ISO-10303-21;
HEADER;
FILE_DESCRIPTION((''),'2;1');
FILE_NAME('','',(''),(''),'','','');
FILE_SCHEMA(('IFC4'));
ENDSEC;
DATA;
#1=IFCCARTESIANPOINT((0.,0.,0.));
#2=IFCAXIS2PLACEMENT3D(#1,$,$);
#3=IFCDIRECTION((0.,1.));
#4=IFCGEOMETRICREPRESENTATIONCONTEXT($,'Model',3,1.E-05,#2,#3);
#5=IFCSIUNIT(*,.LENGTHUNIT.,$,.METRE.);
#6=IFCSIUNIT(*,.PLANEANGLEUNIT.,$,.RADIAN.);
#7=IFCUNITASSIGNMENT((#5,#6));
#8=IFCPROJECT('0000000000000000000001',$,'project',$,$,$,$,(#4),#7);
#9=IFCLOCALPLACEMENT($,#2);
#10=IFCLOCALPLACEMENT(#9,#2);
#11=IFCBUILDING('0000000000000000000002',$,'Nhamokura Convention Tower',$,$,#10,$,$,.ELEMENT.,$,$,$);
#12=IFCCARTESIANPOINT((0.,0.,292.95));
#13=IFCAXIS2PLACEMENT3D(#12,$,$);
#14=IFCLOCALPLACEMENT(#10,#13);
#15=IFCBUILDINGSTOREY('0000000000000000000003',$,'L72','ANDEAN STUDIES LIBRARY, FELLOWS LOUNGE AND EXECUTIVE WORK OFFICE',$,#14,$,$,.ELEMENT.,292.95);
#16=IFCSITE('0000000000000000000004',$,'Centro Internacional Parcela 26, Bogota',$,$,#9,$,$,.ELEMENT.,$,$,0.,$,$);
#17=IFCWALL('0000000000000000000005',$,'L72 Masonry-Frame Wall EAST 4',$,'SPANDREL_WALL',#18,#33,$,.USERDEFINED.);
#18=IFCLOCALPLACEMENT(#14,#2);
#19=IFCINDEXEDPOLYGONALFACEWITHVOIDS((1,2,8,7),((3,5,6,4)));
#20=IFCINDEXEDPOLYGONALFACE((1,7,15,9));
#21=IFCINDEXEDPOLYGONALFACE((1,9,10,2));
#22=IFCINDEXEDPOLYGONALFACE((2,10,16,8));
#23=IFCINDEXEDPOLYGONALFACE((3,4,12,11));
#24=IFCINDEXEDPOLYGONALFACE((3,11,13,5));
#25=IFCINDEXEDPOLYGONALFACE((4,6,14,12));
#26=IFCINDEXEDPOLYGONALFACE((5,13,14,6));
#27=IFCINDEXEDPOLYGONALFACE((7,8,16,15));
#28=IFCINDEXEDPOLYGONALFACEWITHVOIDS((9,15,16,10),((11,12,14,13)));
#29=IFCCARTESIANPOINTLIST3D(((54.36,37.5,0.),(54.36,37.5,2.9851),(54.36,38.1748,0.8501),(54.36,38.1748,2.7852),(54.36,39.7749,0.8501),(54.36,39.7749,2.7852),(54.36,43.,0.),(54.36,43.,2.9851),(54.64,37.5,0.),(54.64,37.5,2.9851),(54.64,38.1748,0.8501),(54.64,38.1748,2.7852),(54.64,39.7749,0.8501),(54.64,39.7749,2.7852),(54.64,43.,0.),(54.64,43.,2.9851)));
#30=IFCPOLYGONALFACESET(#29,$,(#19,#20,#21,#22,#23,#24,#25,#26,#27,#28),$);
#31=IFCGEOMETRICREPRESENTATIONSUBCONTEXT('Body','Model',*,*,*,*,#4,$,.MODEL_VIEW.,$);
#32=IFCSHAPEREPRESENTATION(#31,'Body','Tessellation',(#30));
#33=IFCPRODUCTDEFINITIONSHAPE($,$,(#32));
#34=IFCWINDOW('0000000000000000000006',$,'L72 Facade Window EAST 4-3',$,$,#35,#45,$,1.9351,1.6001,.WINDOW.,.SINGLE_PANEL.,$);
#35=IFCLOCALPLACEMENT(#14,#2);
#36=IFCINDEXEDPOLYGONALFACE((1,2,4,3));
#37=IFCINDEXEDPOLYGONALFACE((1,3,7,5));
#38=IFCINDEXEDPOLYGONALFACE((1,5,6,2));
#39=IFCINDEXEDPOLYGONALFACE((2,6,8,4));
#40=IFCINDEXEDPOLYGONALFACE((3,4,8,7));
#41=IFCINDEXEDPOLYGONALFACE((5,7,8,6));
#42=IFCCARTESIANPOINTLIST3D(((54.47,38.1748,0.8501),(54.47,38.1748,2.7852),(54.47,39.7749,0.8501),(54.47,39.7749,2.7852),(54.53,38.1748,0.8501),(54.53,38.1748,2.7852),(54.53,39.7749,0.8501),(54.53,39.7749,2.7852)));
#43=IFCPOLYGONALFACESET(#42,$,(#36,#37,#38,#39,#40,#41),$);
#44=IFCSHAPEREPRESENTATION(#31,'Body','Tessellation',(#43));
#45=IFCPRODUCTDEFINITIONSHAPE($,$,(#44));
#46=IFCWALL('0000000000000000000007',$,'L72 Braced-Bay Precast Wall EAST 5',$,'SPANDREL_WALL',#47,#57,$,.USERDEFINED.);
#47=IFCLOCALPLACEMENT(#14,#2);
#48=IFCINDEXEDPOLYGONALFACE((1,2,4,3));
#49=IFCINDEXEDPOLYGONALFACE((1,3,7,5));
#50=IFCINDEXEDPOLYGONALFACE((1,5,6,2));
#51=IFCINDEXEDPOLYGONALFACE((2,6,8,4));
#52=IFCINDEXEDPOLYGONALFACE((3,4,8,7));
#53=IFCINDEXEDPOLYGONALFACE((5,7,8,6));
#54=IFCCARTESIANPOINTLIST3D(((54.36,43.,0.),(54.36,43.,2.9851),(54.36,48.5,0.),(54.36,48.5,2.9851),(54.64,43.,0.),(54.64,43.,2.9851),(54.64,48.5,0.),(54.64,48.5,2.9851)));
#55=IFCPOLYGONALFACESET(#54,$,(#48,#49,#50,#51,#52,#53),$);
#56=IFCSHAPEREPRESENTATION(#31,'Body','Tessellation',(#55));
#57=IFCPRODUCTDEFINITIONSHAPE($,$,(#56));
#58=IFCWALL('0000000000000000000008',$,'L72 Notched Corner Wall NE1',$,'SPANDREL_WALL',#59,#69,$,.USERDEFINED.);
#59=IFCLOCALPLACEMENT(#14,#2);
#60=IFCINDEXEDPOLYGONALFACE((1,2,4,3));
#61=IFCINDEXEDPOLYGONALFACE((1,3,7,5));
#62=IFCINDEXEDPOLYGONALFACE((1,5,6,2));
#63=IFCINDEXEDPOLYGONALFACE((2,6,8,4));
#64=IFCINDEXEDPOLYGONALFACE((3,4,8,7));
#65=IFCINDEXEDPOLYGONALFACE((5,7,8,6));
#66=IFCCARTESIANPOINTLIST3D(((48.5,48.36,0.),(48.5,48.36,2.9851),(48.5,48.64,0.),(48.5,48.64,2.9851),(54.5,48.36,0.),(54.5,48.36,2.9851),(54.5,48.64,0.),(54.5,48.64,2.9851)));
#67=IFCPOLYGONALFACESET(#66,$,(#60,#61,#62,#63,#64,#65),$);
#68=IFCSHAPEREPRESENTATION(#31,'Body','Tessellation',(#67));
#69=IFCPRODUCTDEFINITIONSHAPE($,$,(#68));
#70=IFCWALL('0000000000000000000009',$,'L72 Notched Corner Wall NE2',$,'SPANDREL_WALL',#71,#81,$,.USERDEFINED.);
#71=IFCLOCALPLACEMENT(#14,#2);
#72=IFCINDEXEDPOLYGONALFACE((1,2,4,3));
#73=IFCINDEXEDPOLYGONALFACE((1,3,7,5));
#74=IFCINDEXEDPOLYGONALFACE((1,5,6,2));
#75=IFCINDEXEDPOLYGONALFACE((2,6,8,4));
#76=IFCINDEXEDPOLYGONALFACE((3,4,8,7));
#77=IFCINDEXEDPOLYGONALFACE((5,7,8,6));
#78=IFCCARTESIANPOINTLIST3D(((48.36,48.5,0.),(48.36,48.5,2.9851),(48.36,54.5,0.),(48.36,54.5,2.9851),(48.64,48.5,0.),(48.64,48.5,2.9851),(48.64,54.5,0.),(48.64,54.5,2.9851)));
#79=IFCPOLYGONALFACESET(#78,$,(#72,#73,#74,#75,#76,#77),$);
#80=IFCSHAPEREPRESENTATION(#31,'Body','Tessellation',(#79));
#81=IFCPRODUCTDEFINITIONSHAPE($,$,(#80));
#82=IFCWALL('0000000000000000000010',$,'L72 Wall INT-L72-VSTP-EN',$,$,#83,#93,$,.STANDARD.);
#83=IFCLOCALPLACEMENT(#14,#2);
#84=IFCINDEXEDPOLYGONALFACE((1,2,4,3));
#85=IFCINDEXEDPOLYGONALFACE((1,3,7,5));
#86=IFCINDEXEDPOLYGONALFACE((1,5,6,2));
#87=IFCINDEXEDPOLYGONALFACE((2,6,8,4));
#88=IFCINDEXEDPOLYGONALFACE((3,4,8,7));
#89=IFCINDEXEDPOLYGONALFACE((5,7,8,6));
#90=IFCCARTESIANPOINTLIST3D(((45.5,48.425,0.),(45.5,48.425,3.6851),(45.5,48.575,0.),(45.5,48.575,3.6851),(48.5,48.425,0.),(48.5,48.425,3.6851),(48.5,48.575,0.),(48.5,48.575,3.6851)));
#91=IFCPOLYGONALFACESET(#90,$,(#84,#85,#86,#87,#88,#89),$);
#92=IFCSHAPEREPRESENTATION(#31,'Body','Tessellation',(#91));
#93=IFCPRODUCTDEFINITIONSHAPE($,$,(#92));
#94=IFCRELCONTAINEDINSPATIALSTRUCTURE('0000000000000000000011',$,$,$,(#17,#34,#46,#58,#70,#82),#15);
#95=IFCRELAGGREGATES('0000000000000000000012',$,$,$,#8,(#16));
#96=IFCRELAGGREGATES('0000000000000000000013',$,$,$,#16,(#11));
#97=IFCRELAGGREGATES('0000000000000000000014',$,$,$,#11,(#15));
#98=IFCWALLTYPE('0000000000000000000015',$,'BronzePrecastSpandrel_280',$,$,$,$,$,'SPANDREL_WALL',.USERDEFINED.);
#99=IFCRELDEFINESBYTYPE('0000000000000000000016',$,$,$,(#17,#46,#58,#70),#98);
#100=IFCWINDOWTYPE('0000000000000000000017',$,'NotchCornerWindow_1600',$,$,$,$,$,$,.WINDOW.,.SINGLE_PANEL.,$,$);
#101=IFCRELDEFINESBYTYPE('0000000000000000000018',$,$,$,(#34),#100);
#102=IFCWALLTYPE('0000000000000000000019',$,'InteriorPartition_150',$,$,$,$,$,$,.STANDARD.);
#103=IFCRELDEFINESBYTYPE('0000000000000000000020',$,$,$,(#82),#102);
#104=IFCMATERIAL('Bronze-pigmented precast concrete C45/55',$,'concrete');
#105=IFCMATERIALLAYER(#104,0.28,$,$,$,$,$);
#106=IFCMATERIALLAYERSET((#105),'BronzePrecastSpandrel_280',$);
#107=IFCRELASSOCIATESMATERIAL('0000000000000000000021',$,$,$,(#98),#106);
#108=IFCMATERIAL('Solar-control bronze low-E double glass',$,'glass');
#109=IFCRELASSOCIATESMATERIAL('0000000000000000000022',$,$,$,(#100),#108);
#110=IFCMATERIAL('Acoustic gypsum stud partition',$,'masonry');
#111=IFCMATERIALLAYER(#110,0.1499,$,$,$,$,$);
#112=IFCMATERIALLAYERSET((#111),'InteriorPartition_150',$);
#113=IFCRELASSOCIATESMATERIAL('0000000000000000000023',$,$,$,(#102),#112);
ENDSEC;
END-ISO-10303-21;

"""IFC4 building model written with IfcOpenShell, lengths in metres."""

from ifc_helpers import new_model, si_unit, direction, frame, frame_2d, origin, place, context, subcontext, project, spatial, rectangle, extrude, material, layer, layer_set, type_object, element, fill, save


model = new_model("IFC4")

# Units and contexts
model_context = context("Model", 3, precision=1e-05, world=origin(), true_north=direction((0.0, 1.0)))
body_context = subcontext(model_context, "Body", "Model", "MODEL_VIEW")
ifc_project = project(units=[si_unit("LENGTHUNIT", "METRE"), si_unit("PLANEANGLEUNIT", "RADIAN")], contexts=[model_context])

# Site, building, storey
site_placement = place(None, origin())
site = spatial("IfcSite", under=ifc_project, at=site_placement, Name="Centro Internacional Parcela 26, Bogota", CompositionType="ELEMENT", RefElevation=0.0)
building_placement = place(site_placement, origin())
building = spatial("IfcBuilding", under=site, at=building_placement, Name="Nhamokura Convention Tower", CompositionType="ELEMENT")
storey_placement = place(building_placement, frame((0.0, 0.0, 292.95)))
storey = spatial("IfcBuildingStorey", under=building, at=storey_placement, Name="L72", Description="ANDEAN STUDIES LIBRARY, FELLOWS LOUNGE AND EXECUTIVE WORK OFFICE", CompositionType="ELEMENT", Elevation=292.95)

# Wall, opening, window
ifc_material_1 = material(Name="Bronze-pigmented precast concrete C45/55", Category="concrete")
ifc_layer_1 = layer(ifc_material_1, 0.28)
ifc_layer_set_1 = layer_set([ifc_layer_1], Name="BronzePrecastSpandrel_280")
wall_type_1 = type_object("IfcWallType", Name="BronzePrecastSpandrel_280", ElementType="SPANDREL_WALL", PredefinedType="USERDEFINED", material=ifc_layer_set_1)
wall_1_placement = place(storey_placement, frame((54.5, 43.0, 0.0), z_axis=(0.0, 0.0, 1.0), x_axis=(0.0, -1.0, 0.0)))
wall_1 = element("IfcWall", 1, at=wall_1_placement, inside=storey, type_object=wall_type_1, Name="L72 Masonry-Frame Wall EAST 4", ObjectType="SPANDREL_WALL", PredefinedType="USERDEFINED", context=body_context, shape_type="SweptSolid", body=[
    extrude(rectangle(XDim=5.5, YDim=0.28, at=frame_2d((2.75, 0.0))), origin(), (0.0, 0.0, 1.0), 2.9851),
])
opening_placement = place(wall_1_placement, frame((3.2251, 0.0, 0.8501)))
opening = element("IfcOpeningElement", 2, at=opening_placement, cuts=wall_1, PredefinedType="OPENING", context=body_context, shape_type="SweptSolid", body=[
    extrude(rectangle(XDim=1.6001, YDim=1.9351, at=frame_2d((0.8, 0.9675))), frame((0.0, 0.1499, 0.0), z_axis=(0.0, -1.0, 0.0), x_axis=(1.0, 0.0, 0.0)), (0.0, 0.0, 1.0), 0.3),
])
ifc_material_2 = material(Name="Solar-control bronze low-E double glass", Category="glass")
window_type = type_object("IfcWindowType", Name="NotchCornerWindow_1600", PartitioningType="SINGLE_PANEL", PredefinedType="WINDOW", material=ifc_material_2)
window_placement = place(opening_placement, origin())
window = element("IfcWindow", 3, at=window_placement, inside=storey, type_object=window_type, Name="L72 Facade Window EAST 4-3", OverallHeight=1.9351, OverallWidth=1.6001, PartitioningType="SINGLE_PANEL", PredefinedType="WINDOW", context=body_context, shape_type="SweptSolid", body=[
    extrude(rectangle(XDim=1.6001, YDim=1.9351, at=frame_2d((0.8, 0.9675))), frame((0.0, 0.03, 0.0), z_axis=(0.0, -1.0, 0.0), x_axis=(1.0, 0.0, 0.0)), (0.0, 0.0, 1.0), 0.0601),
])
fill(opening, window)

# Walls
wall_2_placement = place(storey_placement, frame((54.5, 48.5, 0.0), z_axis=(0.0, 0.0, 1.0), x_axis=(0.0, -1.0, 0.0)))
element("IfcWall", 4, at=wall_2_placement, inside=storey, type_object=wall_type_1, Name="L72 Braced-Bay Precast Wall EAST 5", ObjectType="SPANDREL_WALL", PredefinedType="USERDEFINED", context=body_context, shape_type="SweptSolid", body=[
    extrude(rectangle(XDim=5.5, YDim=0.28, at=frame_2d((2.75, 0.0))), origin(), (0.0, 0.0, 1.0), 2.9851),
])
for number, where, z_axis, x_axis, name in (
    (5, (48.5, 48.5, 0.0), (0.0, 0.0, 1.0), (1.0, 0.0, 0.0), "L72 Notched Corner Wall NE1"),
    (6, (48.5, 54.5, 0.0), (0.0, 0.0, 1.0), (0.0, -1.0, 0.0), "L72 Notched Corner Wall NE2"),
):
    element("IfcWall", number, at=place(storey_placement, frame(where, z_axis=z_axis, x_axis=x_axis)), inside=storey, type_object=wall_type_1, Name=name, ObjectType="SPANDREL_WALL", PredefinedType="USERDEFINED", context=body_context, shape_type="SweptSolid", body=[
        extrude(rectangle(XDim=6.0, YDim=0.28, at=frame_2d((3.0, 0.0))), origin(), (0.0, 0.0, 1.0), 2.9851),
    ])
ifc_material_3 = material(Name="Acoustic gypsum stud partition", Category="masonry")
ifc_layer_2 = layer(ifc_material_3, 0.1499)
ifc_layer_set_2 = layer_set([ifc_layer_2], Name="InteriorPartition_150")
wall_type_2 = type_object("IfcWallType", Name="InteriorPartition_150", PredefinedType="STANDARD", material=ifc_layer_set_2)
wall_3_placement = place(storey_placement, frame((45.5, 48.5, 0.0), z_axis=(0.0, 0.0, 1.0), x_axis=(1.0, 0.0, 0.0)))
element("IfcWall", 7, at=wall_3_placement, inside=storey, type_object=wall_type_2, Name="L72 Wall INT-L72-VSTP-EN", PredefinedType="STANDARD", context=body_context, shape_type="SweptSolid", body=[
    extrude(rectangle(XDim=3.0, YDim=0.1499, at=frame_2d((1.5, 0.0))), origin(), (0.0, 0.0, 1.0), 3.6851),
])

save(model, "model.ifc")
